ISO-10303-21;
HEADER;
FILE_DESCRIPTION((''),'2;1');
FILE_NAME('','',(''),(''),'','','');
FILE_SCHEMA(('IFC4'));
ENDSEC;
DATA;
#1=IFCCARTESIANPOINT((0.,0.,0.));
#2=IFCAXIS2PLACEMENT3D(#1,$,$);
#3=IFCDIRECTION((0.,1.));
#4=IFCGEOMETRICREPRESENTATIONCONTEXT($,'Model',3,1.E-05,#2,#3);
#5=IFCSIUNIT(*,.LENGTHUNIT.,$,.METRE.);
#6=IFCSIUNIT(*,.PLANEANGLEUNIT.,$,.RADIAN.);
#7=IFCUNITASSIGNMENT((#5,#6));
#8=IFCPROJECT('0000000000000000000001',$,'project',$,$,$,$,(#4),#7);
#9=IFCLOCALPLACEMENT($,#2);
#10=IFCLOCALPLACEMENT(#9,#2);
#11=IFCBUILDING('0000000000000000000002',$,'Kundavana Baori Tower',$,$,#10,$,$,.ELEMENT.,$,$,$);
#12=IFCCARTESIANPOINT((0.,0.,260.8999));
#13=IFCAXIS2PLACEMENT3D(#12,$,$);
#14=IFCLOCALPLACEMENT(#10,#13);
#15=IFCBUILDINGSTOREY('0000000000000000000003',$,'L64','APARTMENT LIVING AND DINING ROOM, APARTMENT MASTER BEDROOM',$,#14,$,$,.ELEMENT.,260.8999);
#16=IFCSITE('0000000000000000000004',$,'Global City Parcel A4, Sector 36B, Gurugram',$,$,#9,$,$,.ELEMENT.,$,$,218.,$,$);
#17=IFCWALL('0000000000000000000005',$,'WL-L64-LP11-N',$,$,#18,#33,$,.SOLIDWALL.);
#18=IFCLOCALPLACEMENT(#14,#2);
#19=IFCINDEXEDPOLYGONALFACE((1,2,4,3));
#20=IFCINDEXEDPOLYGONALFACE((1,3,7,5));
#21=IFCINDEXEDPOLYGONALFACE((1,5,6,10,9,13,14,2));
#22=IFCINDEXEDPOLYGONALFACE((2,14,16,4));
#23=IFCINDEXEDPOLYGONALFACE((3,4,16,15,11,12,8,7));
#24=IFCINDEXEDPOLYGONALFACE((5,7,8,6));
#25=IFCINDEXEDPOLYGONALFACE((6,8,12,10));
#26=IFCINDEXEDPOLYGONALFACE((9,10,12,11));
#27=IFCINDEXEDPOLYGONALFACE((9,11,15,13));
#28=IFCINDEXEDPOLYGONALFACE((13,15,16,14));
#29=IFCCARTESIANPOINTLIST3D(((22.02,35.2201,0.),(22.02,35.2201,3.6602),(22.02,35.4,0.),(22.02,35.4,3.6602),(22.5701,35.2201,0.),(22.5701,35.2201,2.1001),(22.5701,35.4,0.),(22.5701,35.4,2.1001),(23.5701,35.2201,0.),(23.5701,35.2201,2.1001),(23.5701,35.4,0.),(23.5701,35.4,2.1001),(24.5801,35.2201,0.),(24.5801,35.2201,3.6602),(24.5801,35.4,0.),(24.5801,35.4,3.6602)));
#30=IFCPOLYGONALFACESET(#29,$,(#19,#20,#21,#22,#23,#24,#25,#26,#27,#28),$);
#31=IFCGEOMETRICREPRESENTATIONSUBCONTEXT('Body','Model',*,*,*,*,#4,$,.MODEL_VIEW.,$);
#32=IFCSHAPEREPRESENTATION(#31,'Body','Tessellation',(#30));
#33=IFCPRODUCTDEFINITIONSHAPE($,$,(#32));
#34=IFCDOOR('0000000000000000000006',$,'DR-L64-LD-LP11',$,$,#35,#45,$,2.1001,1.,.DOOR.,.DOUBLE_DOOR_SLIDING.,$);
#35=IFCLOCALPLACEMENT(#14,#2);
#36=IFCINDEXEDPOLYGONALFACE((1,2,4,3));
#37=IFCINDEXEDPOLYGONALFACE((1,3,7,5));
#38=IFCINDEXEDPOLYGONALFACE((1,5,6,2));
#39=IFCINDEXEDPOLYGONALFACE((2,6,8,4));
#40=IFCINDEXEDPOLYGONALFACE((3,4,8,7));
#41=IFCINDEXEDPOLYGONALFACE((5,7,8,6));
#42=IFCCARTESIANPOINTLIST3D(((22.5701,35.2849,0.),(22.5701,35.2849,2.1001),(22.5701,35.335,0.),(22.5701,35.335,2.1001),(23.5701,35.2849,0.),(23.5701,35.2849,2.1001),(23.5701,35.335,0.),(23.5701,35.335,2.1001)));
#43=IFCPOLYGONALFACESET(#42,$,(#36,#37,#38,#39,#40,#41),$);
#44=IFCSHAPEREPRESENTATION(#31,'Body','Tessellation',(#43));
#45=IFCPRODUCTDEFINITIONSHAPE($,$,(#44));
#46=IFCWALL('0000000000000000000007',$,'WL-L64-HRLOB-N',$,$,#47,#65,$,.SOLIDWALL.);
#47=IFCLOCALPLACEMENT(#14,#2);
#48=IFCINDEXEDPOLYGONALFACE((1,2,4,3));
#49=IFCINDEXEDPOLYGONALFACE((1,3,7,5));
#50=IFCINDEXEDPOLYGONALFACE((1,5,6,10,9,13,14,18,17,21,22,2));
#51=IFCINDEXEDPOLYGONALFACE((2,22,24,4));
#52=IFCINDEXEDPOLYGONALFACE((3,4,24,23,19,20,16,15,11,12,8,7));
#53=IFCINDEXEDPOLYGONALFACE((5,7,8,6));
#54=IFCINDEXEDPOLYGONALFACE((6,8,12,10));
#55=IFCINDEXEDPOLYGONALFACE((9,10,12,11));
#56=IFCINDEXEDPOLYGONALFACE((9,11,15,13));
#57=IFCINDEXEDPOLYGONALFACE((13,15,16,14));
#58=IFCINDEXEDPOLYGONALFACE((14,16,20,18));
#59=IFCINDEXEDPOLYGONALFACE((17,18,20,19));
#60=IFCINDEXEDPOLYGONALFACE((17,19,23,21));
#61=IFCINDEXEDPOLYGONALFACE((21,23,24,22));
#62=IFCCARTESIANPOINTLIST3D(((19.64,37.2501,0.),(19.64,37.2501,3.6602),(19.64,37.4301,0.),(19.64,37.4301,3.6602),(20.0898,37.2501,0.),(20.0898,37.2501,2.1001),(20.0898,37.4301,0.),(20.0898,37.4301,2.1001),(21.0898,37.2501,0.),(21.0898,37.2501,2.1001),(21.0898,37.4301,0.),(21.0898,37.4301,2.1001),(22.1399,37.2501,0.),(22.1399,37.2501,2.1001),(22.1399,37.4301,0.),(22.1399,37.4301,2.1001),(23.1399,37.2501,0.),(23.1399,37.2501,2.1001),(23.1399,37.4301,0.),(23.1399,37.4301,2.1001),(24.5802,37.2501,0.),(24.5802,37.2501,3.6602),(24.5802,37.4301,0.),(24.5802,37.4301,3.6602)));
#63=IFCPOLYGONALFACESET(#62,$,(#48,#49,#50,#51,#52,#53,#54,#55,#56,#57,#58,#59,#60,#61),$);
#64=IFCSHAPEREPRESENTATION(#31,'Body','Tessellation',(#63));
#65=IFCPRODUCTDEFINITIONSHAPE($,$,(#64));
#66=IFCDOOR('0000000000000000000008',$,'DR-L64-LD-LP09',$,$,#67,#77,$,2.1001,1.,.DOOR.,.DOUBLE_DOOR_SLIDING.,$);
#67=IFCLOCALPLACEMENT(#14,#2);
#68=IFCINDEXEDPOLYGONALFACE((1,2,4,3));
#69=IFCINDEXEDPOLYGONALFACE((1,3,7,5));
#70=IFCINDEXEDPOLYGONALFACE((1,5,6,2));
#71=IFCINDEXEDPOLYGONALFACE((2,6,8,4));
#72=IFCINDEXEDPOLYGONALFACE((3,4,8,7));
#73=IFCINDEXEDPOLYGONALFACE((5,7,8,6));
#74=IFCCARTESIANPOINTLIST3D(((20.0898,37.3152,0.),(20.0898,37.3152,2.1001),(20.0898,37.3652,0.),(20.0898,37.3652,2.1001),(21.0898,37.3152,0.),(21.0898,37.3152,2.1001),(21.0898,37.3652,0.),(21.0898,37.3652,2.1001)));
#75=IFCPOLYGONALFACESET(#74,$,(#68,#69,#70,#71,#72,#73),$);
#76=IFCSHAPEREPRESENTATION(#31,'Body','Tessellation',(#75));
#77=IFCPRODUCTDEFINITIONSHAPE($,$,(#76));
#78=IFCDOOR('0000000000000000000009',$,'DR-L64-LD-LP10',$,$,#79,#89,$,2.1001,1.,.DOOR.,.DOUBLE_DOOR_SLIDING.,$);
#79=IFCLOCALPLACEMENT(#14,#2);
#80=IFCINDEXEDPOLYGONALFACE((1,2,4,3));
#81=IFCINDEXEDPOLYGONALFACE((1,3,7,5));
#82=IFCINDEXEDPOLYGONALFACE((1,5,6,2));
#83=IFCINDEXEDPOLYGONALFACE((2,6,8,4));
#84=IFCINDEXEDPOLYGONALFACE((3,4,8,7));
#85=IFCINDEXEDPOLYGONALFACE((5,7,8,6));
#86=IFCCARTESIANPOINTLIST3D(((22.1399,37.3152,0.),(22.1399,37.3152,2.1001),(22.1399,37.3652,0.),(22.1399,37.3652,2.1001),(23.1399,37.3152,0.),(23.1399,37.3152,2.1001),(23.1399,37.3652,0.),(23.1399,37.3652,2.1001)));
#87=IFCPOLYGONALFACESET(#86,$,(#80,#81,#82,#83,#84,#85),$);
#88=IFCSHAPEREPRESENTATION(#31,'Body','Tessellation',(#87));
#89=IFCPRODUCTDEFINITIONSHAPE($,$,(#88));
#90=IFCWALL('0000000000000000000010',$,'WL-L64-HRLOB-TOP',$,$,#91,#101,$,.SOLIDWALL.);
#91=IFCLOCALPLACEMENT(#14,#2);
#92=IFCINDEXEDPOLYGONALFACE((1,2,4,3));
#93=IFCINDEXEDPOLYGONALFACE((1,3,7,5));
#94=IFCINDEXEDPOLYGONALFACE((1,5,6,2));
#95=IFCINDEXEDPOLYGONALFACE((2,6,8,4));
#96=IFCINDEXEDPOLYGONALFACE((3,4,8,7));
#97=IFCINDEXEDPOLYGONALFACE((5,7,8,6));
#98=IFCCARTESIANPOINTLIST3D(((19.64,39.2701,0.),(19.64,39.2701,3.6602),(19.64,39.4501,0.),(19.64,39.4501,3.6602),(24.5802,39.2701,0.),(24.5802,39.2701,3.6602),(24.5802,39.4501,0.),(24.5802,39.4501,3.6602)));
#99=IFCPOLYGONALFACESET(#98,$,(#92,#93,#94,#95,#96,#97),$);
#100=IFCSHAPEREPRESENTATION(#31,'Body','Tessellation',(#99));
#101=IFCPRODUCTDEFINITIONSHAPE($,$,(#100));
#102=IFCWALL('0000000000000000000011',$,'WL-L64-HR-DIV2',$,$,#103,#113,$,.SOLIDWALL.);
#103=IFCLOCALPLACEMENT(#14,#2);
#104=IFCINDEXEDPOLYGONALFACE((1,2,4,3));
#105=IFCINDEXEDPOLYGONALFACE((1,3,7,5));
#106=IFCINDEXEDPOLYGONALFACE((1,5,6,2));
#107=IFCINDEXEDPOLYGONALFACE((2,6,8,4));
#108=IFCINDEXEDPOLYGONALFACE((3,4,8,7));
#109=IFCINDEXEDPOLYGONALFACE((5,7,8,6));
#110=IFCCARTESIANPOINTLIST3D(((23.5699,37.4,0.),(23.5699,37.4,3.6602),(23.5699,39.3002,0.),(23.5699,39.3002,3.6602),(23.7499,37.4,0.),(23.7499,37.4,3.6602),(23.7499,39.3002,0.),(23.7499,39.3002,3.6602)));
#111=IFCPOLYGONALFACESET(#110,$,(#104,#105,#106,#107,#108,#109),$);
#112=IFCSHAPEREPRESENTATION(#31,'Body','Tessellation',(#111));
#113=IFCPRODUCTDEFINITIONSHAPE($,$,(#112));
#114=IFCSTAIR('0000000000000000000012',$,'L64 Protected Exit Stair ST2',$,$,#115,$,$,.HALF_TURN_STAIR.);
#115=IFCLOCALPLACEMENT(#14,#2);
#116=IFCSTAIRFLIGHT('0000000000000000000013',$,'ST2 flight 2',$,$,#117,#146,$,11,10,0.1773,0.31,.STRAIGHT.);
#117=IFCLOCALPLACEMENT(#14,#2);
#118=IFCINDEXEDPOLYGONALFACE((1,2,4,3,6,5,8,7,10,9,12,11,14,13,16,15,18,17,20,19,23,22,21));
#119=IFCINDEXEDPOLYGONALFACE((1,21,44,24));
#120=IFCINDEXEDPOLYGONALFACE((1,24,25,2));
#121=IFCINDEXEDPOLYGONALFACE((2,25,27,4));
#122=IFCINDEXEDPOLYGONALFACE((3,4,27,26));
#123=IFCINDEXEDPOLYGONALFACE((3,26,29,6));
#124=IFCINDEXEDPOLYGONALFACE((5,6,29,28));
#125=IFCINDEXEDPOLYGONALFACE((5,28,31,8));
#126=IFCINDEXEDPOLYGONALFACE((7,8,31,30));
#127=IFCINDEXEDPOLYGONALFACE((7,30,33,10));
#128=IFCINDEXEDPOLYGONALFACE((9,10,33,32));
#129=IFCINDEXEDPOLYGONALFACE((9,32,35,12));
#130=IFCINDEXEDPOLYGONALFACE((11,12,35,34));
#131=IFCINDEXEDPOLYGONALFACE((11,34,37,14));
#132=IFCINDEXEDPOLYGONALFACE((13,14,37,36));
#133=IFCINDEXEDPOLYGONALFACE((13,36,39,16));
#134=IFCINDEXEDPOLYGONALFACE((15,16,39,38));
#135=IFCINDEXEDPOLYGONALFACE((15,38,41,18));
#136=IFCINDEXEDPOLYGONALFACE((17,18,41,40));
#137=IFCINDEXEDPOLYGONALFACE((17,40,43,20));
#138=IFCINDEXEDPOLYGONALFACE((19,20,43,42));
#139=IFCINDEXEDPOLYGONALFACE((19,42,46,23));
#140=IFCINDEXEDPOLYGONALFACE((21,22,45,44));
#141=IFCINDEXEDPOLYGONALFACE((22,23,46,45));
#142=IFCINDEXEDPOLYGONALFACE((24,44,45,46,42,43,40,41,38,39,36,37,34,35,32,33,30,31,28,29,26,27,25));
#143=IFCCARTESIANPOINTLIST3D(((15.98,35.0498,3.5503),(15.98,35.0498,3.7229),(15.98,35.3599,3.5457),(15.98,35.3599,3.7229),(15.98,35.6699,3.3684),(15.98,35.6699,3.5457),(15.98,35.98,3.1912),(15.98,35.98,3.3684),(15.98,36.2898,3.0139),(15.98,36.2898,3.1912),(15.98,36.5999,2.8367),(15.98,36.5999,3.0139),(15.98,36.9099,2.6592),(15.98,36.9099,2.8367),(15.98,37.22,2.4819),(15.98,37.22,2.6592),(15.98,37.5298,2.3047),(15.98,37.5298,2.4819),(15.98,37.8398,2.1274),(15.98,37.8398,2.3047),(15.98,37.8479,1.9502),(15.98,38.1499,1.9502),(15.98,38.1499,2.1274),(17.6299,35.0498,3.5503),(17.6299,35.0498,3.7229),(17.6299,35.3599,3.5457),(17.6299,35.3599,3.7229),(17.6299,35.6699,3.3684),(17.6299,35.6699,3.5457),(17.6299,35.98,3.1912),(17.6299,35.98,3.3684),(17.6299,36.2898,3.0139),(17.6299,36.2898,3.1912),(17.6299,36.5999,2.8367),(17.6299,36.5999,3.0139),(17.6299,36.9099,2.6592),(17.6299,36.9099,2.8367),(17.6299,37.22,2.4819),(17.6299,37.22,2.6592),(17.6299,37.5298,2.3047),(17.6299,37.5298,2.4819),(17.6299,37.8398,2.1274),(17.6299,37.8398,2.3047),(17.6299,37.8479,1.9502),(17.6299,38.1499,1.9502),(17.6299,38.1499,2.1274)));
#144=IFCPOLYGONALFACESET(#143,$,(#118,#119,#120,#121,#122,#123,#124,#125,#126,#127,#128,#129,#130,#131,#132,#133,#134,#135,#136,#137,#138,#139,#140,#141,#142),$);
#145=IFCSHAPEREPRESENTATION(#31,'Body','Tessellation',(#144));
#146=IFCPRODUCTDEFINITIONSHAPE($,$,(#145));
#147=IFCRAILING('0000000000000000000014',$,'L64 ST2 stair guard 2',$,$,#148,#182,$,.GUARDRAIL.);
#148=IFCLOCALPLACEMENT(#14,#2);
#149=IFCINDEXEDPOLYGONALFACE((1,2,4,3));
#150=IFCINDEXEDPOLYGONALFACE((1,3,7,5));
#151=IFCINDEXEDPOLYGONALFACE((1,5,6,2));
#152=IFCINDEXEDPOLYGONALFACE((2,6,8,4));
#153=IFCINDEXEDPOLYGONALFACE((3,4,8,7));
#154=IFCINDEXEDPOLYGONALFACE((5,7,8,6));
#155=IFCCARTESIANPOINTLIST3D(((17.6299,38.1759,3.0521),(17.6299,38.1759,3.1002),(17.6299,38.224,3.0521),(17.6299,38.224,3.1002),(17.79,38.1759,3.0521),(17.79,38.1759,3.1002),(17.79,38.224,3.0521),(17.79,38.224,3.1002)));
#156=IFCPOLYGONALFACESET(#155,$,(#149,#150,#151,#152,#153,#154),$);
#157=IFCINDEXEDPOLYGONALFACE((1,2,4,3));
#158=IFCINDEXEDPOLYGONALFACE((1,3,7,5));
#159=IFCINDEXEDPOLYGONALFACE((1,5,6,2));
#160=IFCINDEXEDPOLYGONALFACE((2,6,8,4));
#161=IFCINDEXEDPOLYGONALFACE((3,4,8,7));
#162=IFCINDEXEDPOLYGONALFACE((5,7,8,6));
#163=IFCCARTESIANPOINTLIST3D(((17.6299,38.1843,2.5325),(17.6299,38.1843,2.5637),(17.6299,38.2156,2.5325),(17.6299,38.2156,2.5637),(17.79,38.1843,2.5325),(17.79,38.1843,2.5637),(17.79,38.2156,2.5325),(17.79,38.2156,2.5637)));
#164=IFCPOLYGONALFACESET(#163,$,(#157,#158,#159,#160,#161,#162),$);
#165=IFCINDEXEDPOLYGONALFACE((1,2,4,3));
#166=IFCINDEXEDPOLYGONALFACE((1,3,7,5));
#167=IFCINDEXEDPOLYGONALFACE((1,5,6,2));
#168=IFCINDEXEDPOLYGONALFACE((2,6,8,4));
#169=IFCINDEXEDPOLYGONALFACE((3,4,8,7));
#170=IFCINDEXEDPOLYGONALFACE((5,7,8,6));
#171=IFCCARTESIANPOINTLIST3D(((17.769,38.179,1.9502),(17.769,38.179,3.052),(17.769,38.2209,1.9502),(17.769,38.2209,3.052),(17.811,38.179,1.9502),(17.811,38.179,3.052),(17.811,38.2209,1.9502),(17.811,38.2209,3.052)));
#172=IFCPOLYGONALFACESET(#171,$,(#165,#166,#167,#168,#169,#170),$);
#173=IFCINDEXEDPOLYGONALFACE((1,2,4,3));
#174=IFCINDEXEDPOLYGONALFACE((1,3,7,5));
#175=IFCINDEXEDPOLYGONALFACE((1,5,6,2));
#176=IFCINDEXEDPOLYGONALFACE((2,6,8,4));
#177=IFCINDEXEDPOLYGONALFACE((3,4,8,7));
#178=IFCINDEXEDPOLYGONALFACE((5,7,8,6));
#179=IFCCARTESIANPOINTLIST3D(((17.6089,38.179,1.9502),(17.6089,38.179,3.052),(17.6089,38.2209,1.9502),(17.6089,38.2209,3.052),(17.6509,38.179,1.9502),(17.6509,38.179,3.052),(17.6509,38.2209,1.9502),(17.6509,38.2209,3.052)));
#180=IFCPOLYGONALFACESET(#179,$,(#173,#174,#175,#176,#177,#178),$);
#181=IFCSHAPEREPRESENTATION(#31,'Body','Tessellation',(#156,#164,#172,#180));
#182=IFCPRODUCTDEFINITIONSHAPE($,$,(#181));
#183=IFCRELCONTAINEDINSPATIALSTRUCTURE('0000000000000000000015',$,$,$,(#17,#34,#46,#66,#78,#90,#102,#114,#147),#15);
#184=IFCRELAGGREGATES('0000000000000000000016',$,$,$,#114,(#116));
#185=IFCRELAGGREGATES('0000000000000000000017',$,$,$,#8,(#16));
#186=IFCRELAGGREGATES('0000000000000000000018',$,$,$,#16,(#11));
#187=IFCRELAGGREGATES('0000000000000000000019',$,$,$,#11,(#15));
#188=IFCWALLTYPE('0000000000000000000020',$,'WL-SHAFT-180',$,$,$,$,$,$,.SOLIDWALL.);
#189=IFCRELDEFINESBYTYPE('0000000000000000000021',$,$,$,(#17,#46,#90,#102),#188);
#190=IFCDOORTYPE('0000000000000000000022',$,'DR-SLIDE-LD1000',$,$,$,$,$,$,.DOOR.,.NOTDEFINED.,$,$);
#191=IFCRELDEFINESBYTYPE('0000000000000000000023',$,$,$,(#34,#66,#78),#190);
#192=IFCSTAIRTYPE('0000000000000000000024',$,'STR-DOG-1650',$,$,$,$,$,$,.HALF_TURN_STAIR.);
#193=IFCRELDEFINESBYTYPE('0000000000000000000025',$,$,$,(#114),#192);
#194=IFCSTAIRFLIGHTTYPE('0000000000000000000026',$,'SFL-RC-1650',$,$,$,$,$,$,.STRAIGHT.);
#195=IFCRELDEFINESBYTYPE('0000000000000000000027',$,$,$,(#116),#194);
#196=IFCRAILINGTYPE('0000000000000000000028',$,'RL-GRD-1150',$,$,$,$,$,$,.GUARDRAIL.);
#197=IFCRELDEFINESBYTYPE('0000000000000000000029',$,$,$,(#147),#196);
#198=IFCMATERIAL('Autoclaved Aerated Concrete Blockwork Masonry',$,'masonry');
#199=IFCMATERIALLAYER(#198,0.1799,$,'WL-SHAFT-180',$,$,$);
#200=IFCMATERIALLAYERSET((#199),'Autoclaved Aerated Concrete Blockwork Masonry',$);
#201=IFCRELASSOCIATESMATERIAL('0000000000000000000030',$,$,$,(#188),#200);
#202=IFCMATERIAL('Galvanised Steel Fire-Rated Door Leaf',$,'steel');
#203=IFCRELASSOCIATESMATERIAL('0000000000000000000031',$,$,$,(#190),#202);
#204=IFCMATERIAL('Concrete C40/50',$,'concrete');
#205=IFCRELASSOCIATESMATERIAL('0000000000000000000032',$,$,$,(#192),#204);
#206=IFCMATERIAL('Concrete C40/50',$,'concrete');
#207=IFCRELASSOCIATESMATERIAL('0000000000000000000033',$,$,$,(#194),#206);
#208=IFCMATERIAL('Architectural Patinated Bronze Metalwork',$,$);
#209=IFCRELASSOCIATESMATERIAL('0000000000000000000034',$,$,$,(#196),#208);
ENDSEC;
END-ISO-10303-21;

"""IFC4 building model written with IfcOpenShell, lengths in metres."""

from ifc_helpers import new_model, si_unit, direction, frame, frame_2d, origin, origin_2d, place, context, subcontext, project, spatial, polyline, rectangle, outline, extrude, material, layer, layer_set, type_object, element, fill, aggregate, save


model = new_model("IFC4")

# Units and contexts
model_context = context("Model", 3, precision=1e-05, world=origin(), true_north=direction((0.0, 1.0)))
body_context = subcontext(model_context, "Body", "Model", "MODEL_VIEW")
ifc_project = project(units=[si_unit("LENGTHUNIT", "METRE"), si_unit("PLANEANGLEUNIT", "RADIAN")], contexts=[model_context])

# Site, building, storey
site_placement = place(None, origin())
site = spatial("IfcSite", under=ifc_project, at=site_placement, Name="Global City Parcel A4, Sector 36B, Gurugram", CompositionType="ELEMENT", RefElevation=218.0)
building_placement = place(site_placement, origin())
building = spatial("IfcBuilding", under=site, at=building_placement, Name="Kundavana Baori Tower", CompositionType="ELEMENT")
storey_placement = place(building_placement, frame((0.0, 0.0, 260.8999)))
storey = spatial("IfcBuildingStorey", under=building, at=storey_placement, Name="L64", Description="APARTMENT LIVING AND DINING ROOM, APARTMENT MASTER BEDROOM", CompositionType="ELEMENT", Elevation=260.8999)

# Wall, opening, door
ifc_material_1 = material(Name="Autoclaved Aerated Concrete Blockwork Masonry", Category="masonry")
ifc_layer_1 = layer(ifc_material_1, 0.1799, Name="WL-SHAFT-180")
ifc_layer_set_1 = layer_set([ifc_layer_1], Name="Autoclaved Aerated Concrete Blockwork Masonry")
wall_type_1 = type_object("IfcWallType", Name="WL-SHAFT-180", PredefinedType="SOLIDWALL", material=ifc_layer_set_1)
wall_1_placement = place(storey_placement, frame((22.02, 35.3101, 0.0), z_axis=(0.0, 0.0, 1.0), x_axis=(1.0, 0.0, 0.0)))
wall_1 = element("IfcWall", 1, at=wall_1_placement, inside=storey, type_object=wall_type_1, Name="WL-L64-LP11-N", PredefinedType="SOLIDWALL", context=body_context, shape_type="SweptSolid", body=[
    extrude(rectangle(XDim=2.5601, YDim=0.1799, at=frame_2d((1.28, 0.0))), origin(), (0.0, 0.0, 1.0), 3.6602),
])
opening_1_placement = place(wall_1_placement, frame((0.55, 0.0, 0.0)))
opening_1 = element("IfcOpeningElement", 2, at=opening_1_placement, cuts=wall_1, PredefinedType="OPENING", context=body_context, shape_type="SweptSolid", body=[
    extrude(rectangle(XDim=1.0, YDim=2.1001, at=frame_2d((0.5, 1.05))), frame((0.0, 0.1001, 0.0), z_axis=(0.0, -1.0, 0.0), x_axis=(1.0, 0.0, 0.0)), (0.0, 0.0, 1.0), 0.2),
])
ifc_material_2 = material(Name="Galvanised Steel Fire-Rated Door Leaf", Category="steel")
door_type_1 = type_object("IfcDoorType", Name="DR-SLIDE-LD1000", OperationType="NOTDEFINED", PredefinedType="DOOR", material=ifc_material_2)
door_1_placement = place(opening_1_placement, origin())
door_1 = element("IfcDoor", 3, at=door_1_placement, inside=storey, type_object=door_type_1, Name="DR-L64-LD-LP11", OperationType="DOUBLE_DOOR_SLIDING", OverallHeight=2.1001, OverallWidth=1.0, PredefinedType="DOOR", context=body_context, shape_type="SweptSolid", body=[
    extrude(rectangle(XDim=1.0, YDim=2.1001, at=frame_2d((0.5, 1.05))), frame((0.0, 0.0249, 0.0), z_axis=(0.0, -1.0, 0.0), x_axis=(1.0, 0.0, 0.0)), (0.0, 0.0, 1.0), 0.05),
])
fill(opening_1, door_1)

# Wall, openings, doors
wall_2_placement = place(storey_placement, frame((19.6399, 37.3401, 0.0), z_axis=(0.0, 0.0, 1.0), x_axis=(1.0, 0.0, 0.0)))
wall_2 = element("IfcWall", 4, at=wall_2_placement, inside=storey, type_object=wall_type_1, Name="WL-L64-HRLOB-N", PredefinedType="SOLIDWALL", context=body_context, shape_type="SweptSolid", body=[
    extrude(rectangle(XDim=4.9402, YDim=0.1799, at=frame_2d((2.4702, 0.0))), origin(), (0.0, 0.0, 1.0), 3.6602),
])
opening_2_placement = place(wall_2_placement, frame((0.45, 0.0, 0.0)))
opening_2 = element("IfcOpeningElement", 5, at=opening_2_placement, cuts=wall_2, PredefinedType="OPENING", context=body_context, shape_type="SweptSolid", body=[
    extrude(rectangle(XDim=1.0, YDim=2.1001, at=frame_2d((0.5, 1.05))), frame((0.0, 0.1001, 0.0), z_axis=(0.0, -1.0, 0.0), x_axis=(1.0, 0.0, 0.0)), (0.0, 0.0, 1.0), 0.2),
])
opening_3_placement = place(wall_2_placement, frame((2.5, 0.0, 0.0)))
opening_3 = element("IfcOpeningElement", 6, at=opening_3_placement, cuts=wall_2, PredefinedType="OPENING", context=body_context, shape_type="SweptSolid", body=[
    extrude(rectangle(XDim=1.0, YDim=2.1001, at=frame_2d((0.5, 1.05))), frame((0.0, 0.1001, 0.0), z_axis=(0.0, -1.0, 0.0), x_axis=(1.0, 0.0, 0.0)), (0.0, 0.0, 1.0), 0.2),
])
door_2_placement = place(opening_2_placement, frame((1.0, 0.0, 0.0), z_axis=(0.0, 0.0, 1.0), x_axis=(-1.0, 0.0, 0.0)))
door_2 = element("IfcDoor", 7, at=door_2_placement, inside=storey, type_object=door_type_1, Name="DR-L64-LD-LP09", OperationType="DOUBLE_DOOR_SLIDING", OverallHeight=2.1001, OverallWidth=1.0, PredefinedType="DOOR", context=body_context, shape_type="SweptSolid", body=[
    extrude(rectangle(XDim=1.0, YDim=2.1001, at=frame_2d((0.5, 1.05))), frame((0.0, 0.0249, 0.0), z_axis=(0.0, -1.0, 0.0), x_axis=(1.0, 0.0, 0.0)), (0.0, 0.0, 1.0), 0.05),
])
fill(opening_2, door_2)
door_3_placement = place(opening_3_placement, frame((1.0, 0.0, 0.0), z_axis=(0.0, 0.0, 1.0), x_axis=(-1.0, 0.0, 0.0)))
door_3 = element("IfcDoor", 8, at=door_3_placement, inside=storey, type_object=door_type_1, Name="DR-L64-LD-LP10", OperationType="DOUBLE_DOOR_SLIDING", OverallHeight=2.1001, OverallWidth=1.0, PredefinedType="DOOR", context=body_context, shape_type="SweptSolid", body=[
    extrude(rectangle(XDim=1.0, YDim=2.1001, at=frame_2d((0.5, 1.05))), frame((0.0, 0.0249, 0.0), z_axis=(0.0, -1.0, 0.0), x_axis=(1.0, 0.0, 0.0)), (0.0, 0.0, 1.0), 0.05),
])
fill(opening_3, door_3)

# Walls
wall_3_placement = place(storey_placement, frame((19.6399, 39.3601, 0.0), z_axis=(0.0, 0.0, 1.0), x_axis=(1.0, 0.0, 0.0)))
element("IfcWall", 9, at=wall_3_placement, inside=storey, type_object=wall_type_1, Name="WL-L64-HRLOB-TOP", PredefinedType="SOLIDWALL", context=body_context, shape_type="SweptSolid", body=[
    extrude(rectangle(XDim=4.9402, YDim=0.1799, at=frame_2d((2.4702, 0.0))), origin(), (0.0, 0.0, 1.0), 3.6602),
])
wall_4_placement = place(storey_placement, frame((23.6599, 37.3999, 0.0), z_axis=(0.0, 0.0, 1.0), x_axis=(0.0, 1.0, 0.0)))
element("IfcWall", 10, at=wall_4_placement, inside=storey, type_object=wall_type_1, Name="WL-L64-HR-DIV2", PredefinedType="SOLIDWALL", context=body_context, shape_type="SweptSolid", body=[
    extrude(rectangle(XDim=1.9001, YDim=0.1799, at=frame_2d((0.9502, 0.0))), origin(), (0.0, 0.0, 1.0), 3.6602),
])

# Stair, stair flight
ifc_material_3 = material(Name="Concrete C40/50", Category="concrete")
stair_type = type_object("IfcStairType", Name="STR-DOG-1650", PredefinedType="HALF_TURN_STAIR", material=ifc_material_3)
stair_placement = place(storey_placement, origin())
stair = element("IfcStair", 11, at=stair_placement, inside=storey, type_object=stair_type, Name="L64 Protected Exit Stair ST2", PredefinedType="HALF_TURN_STAIR")
ifc_material_4 = material(Name="Concrete C40/50", Category="concrete")
stair_flight_type = type_object("IfcStairFlightType", Name="SFL-RC-1650", PredefinedType="STRAIGHT", material=ifc_material_4)
stair_flight_placement = place(storey_placement, frame((16.8049, 38.1499, 1.9502), z_axis=(0.0, 0.0, 1.0), x_axis=(0.0, -1.0, 0.0)))
stair_flight = element("IfcStairFlight", 12, at=stair_flight_placement, type_object=stair_flight_type, Name="ST2 flight 2", NumberOfRisers=11, NumberOfTreads=10, PredefinedType="STRAIGHT", RiserHeight=0.1773, TreadLength=0.31, context=body_context, shape_type="SweptSolid", body=[
    extrude(outline(polyline([(0.0, 0.0), (0.0, 0.1772), (0.3101, 0.1772), (0.3101, 0.3545), (0.6201, 0.3545), (0.6201, 0.5317), (0.9299, 0.5317), (0.9299, 0.709), (1.24, 0.709), (1.24, 0.8865), (1.55, 0.8865), (1.55, 1.0637), (1.8601, 1.0637), (1.8601, 1.241), (2.1699, 1.241), (2.1699, 1.4182), (2.48, 1.4182), (2.48, 1.5955), (2.79, 1.5955), (2.79, 1.7727), (3.1001, 1.7727), (3.1001, 1.95), (3.1001, 1.6001), (0.302, 0.0), (0.0, 0.0)])), frame((0.0, 0.825, 0.0), z_axis=(0.0, -1.0, 0.0), x_axis=(1.0, 0.0, 0.0)), (0.0, 0.0, 1.0), 1.6499),
])
aggregate(stair, [stair_flight])

# Railing
ifc_material_5 = material(Name="Architectural Patinated Bronze Metalwork")
railing_type_1 = type_object("IfcRailingType", Name="RL-GRD-1150", PredefinedType="GUARDRAIL", material=ifc_material_5)
railing_1_placement = place(storey_placement, frame((17.79, 38.2, 1.9502)))
element("IfcRailing", 13, at=railing_1_placement, inside=storey, type_object=railing_type_1, Name="L64 ST2 stair guard 2", PredefinedType="GUARDRAIL", context=body_context, shape_type="SweptSolid", body=[
    extrude(rectangle(XDim=0.0481, YDim=0.0481, at=origin_2d()), frame((0.0, 0.0, 1.126), z_axis=(-1.0, 0.0, 0.0), x_axis=(0.0, -1.0, 0.0)), (0.0, 0.0, 1.0), 0.1602),
    extrude(rectangle(XDim=0.0312, YDim=0.0312, at=origin_2d()), frame((0.0, 0.0, 0.5979), z_axis=(-1.0, 0.0, 0.0), x_axis=(0.0, -1.0, 0.0)), (0.0, 0.0, 1.0), 0.1602),
    extrude(rectangle(XDim=0.042, YDim=0.042, at=origin_2d()), origin(), (0.0, 0.0, 1.0), 1.1018),
    extrude(rectangle(XDim=0.042, YDim=0.042, at=origin_2d()), frame((-0.1602, 0.0, 0.0)), (0.0, 0.0, 1.0), 1.1018),
])

save(model, "model.ifc")
